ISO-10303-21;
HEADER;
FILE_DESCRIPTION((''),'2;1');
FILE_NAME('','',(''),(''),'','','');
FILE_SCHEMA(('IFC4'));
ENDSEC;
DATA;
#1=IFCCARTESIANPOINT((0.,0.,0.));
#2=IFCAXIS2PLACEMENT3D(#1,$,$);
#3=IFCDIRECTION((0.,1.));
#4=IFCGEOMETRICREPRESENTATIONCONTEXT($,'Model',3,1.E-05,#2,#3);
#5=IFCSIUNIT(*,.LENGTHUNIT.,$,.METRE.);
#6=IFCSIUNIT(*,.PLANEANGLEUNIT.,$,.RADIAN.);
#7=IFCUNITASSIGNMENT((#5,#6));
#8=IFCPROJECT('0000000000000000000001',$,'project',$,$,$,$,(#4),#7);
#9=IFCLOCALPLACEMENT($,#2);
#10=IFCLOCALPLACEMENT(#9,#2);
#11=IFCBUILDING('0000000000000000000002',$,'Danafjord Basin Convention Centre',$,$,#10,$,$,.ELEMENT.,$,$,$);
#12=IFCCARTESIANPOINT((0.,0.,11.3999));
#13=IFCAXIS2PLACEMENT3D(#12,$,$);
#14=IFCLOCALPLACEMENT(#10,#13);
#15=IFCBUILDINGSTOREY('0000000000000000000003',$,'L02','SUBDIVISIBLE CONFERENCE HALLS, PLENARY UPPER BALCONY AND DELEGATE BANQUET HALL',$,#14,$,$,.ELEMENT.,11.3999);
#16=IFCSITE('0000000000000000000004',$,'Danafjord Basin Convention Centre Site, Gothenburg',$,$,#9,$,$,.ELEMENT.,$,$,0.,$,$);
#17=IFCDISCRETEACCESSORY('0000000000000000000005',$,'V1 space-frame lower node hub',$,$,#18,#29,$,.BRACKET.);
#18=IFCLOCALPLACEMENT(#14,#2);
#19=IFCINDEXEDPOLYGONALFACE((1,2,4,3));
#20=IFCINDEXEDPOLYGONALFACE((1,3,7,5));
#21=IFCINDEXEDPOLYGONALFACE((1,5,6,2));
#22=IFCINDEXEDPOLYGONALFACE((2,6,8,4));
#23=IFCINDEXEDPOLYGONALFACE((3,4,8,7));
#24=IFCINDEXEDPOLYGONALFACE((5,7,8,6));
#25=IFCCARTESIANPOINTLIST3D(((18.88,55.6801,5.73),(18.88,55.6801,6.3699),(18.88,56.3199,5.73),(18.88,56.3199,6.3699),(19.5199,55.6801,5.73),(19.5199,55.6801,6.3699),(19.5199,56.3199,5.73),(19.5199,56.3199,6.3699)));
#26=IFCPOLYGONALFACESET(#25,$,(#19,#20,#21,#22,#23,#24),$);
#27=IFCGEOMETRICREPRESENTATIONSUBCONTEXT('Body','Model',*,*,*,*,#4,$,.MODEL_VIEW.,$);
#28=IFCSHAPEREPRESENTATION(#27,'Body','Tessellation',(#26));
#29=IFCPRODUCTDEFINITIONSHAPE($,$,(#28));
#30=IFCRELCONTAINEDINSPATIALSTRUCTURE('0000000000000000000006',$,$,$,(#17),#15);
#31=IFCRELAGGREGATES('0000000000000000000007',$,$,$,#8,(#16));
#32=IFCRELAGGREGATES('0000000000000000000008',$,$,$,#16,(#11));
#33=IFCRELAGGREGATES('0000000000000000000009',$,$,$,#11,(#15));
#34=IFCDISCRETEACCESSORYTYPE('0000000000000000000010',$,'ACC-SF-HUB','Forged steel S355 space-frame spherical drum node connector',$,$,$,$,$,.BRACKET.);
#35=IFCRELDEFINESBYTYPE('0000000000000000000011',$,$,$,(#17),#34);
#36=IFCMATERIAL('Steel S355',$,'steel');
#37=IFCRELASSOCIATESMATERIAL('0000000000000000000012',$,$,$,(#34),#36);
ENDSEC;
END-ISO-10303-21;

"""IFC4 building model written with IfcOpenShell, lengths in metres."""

from ifc_helpers import new_model, si_unit, direction, frame, origin, origin_2d, place, context, subcontext, project, spatial, rectangle, extrude, material, type_object, element, save


model = new_model("IFC4")

# Units and contexts
model_context = context("Model", 3, precision=1e-05, world=origin(), true_north=direction((0.0, 1.0)))
body_context = subcontext(model_context, "Body", "Model", "MODEL_VIEW")
ifc_project = project(units=[si_unit("LENGTHUNIT", "METRE"), si_unit("PLANEANGLEUNIT", "RADIAN")], contexts=[model_context])

# Site, building, storey
site_placement = place(None, origin())
site = spatial("IfcSite", under=ifc_project, at=site_placement, Name="Danafjord Basin Convention Centre Site, Gothenburg", CompositionType="ELEMENT", RefElevation=0.0)
building_placement = place(site_placement, origin())
building = spatial("IfcBuilding", under=site, at=building_placement, Name="Danafjord Basin Convention Centre", CompositionType="ELEMENT")
storey_placement = place(building_placement, frame((0.0, 0.0, 11.3999)))
storey = spatial("IfcBuildingStorey", under=building, at=storey_placement, Name="L02", Description="SUBDIVISIBLE CONFERENCE HALLS, PLENARY UPPER BALCONY AND DELEGATE BANQUET HALL", CompositionType="ELEMENT", Elevation=11.3999)

# Shared definitions
ifc_material_1 = material(Name="Steel S355", Category="steel")

# Discrete accessory
discrete_accessory_type = type_object("IfcDiscreteAccessoryType", Name="ACC-SF-HUB", Description="Forged steel S355 space-frame spherical drum node connector", PredefinedType="BRACKET", material=ifc_material_1)
for number, where, z_axis, x_axis, name in (
    (1, (19.2, 56.0, 5.73), (0.0, 0.0, 1.0), (1.0, 0.0, 0.0), "V1 space-frame lower node hub"),
):
    element("IfcDiscreteAccessory", number, at=place(storey_placement, frame(where, z_axis=z_axis, x_axis=x_axis)), inside=storey, type_object=discrete_accessory_type, Name=name, PredefinedType="BRACKET", context=body_context, shape_type="SweptSolid", body=[
        extrude(rectangle(XDim=0.6399, YDim=0.6399, at=origin_2d()), origin(), (0.0, 0.0, 1.0), 0.6399),
    ])

save(model, "model.ifc")
